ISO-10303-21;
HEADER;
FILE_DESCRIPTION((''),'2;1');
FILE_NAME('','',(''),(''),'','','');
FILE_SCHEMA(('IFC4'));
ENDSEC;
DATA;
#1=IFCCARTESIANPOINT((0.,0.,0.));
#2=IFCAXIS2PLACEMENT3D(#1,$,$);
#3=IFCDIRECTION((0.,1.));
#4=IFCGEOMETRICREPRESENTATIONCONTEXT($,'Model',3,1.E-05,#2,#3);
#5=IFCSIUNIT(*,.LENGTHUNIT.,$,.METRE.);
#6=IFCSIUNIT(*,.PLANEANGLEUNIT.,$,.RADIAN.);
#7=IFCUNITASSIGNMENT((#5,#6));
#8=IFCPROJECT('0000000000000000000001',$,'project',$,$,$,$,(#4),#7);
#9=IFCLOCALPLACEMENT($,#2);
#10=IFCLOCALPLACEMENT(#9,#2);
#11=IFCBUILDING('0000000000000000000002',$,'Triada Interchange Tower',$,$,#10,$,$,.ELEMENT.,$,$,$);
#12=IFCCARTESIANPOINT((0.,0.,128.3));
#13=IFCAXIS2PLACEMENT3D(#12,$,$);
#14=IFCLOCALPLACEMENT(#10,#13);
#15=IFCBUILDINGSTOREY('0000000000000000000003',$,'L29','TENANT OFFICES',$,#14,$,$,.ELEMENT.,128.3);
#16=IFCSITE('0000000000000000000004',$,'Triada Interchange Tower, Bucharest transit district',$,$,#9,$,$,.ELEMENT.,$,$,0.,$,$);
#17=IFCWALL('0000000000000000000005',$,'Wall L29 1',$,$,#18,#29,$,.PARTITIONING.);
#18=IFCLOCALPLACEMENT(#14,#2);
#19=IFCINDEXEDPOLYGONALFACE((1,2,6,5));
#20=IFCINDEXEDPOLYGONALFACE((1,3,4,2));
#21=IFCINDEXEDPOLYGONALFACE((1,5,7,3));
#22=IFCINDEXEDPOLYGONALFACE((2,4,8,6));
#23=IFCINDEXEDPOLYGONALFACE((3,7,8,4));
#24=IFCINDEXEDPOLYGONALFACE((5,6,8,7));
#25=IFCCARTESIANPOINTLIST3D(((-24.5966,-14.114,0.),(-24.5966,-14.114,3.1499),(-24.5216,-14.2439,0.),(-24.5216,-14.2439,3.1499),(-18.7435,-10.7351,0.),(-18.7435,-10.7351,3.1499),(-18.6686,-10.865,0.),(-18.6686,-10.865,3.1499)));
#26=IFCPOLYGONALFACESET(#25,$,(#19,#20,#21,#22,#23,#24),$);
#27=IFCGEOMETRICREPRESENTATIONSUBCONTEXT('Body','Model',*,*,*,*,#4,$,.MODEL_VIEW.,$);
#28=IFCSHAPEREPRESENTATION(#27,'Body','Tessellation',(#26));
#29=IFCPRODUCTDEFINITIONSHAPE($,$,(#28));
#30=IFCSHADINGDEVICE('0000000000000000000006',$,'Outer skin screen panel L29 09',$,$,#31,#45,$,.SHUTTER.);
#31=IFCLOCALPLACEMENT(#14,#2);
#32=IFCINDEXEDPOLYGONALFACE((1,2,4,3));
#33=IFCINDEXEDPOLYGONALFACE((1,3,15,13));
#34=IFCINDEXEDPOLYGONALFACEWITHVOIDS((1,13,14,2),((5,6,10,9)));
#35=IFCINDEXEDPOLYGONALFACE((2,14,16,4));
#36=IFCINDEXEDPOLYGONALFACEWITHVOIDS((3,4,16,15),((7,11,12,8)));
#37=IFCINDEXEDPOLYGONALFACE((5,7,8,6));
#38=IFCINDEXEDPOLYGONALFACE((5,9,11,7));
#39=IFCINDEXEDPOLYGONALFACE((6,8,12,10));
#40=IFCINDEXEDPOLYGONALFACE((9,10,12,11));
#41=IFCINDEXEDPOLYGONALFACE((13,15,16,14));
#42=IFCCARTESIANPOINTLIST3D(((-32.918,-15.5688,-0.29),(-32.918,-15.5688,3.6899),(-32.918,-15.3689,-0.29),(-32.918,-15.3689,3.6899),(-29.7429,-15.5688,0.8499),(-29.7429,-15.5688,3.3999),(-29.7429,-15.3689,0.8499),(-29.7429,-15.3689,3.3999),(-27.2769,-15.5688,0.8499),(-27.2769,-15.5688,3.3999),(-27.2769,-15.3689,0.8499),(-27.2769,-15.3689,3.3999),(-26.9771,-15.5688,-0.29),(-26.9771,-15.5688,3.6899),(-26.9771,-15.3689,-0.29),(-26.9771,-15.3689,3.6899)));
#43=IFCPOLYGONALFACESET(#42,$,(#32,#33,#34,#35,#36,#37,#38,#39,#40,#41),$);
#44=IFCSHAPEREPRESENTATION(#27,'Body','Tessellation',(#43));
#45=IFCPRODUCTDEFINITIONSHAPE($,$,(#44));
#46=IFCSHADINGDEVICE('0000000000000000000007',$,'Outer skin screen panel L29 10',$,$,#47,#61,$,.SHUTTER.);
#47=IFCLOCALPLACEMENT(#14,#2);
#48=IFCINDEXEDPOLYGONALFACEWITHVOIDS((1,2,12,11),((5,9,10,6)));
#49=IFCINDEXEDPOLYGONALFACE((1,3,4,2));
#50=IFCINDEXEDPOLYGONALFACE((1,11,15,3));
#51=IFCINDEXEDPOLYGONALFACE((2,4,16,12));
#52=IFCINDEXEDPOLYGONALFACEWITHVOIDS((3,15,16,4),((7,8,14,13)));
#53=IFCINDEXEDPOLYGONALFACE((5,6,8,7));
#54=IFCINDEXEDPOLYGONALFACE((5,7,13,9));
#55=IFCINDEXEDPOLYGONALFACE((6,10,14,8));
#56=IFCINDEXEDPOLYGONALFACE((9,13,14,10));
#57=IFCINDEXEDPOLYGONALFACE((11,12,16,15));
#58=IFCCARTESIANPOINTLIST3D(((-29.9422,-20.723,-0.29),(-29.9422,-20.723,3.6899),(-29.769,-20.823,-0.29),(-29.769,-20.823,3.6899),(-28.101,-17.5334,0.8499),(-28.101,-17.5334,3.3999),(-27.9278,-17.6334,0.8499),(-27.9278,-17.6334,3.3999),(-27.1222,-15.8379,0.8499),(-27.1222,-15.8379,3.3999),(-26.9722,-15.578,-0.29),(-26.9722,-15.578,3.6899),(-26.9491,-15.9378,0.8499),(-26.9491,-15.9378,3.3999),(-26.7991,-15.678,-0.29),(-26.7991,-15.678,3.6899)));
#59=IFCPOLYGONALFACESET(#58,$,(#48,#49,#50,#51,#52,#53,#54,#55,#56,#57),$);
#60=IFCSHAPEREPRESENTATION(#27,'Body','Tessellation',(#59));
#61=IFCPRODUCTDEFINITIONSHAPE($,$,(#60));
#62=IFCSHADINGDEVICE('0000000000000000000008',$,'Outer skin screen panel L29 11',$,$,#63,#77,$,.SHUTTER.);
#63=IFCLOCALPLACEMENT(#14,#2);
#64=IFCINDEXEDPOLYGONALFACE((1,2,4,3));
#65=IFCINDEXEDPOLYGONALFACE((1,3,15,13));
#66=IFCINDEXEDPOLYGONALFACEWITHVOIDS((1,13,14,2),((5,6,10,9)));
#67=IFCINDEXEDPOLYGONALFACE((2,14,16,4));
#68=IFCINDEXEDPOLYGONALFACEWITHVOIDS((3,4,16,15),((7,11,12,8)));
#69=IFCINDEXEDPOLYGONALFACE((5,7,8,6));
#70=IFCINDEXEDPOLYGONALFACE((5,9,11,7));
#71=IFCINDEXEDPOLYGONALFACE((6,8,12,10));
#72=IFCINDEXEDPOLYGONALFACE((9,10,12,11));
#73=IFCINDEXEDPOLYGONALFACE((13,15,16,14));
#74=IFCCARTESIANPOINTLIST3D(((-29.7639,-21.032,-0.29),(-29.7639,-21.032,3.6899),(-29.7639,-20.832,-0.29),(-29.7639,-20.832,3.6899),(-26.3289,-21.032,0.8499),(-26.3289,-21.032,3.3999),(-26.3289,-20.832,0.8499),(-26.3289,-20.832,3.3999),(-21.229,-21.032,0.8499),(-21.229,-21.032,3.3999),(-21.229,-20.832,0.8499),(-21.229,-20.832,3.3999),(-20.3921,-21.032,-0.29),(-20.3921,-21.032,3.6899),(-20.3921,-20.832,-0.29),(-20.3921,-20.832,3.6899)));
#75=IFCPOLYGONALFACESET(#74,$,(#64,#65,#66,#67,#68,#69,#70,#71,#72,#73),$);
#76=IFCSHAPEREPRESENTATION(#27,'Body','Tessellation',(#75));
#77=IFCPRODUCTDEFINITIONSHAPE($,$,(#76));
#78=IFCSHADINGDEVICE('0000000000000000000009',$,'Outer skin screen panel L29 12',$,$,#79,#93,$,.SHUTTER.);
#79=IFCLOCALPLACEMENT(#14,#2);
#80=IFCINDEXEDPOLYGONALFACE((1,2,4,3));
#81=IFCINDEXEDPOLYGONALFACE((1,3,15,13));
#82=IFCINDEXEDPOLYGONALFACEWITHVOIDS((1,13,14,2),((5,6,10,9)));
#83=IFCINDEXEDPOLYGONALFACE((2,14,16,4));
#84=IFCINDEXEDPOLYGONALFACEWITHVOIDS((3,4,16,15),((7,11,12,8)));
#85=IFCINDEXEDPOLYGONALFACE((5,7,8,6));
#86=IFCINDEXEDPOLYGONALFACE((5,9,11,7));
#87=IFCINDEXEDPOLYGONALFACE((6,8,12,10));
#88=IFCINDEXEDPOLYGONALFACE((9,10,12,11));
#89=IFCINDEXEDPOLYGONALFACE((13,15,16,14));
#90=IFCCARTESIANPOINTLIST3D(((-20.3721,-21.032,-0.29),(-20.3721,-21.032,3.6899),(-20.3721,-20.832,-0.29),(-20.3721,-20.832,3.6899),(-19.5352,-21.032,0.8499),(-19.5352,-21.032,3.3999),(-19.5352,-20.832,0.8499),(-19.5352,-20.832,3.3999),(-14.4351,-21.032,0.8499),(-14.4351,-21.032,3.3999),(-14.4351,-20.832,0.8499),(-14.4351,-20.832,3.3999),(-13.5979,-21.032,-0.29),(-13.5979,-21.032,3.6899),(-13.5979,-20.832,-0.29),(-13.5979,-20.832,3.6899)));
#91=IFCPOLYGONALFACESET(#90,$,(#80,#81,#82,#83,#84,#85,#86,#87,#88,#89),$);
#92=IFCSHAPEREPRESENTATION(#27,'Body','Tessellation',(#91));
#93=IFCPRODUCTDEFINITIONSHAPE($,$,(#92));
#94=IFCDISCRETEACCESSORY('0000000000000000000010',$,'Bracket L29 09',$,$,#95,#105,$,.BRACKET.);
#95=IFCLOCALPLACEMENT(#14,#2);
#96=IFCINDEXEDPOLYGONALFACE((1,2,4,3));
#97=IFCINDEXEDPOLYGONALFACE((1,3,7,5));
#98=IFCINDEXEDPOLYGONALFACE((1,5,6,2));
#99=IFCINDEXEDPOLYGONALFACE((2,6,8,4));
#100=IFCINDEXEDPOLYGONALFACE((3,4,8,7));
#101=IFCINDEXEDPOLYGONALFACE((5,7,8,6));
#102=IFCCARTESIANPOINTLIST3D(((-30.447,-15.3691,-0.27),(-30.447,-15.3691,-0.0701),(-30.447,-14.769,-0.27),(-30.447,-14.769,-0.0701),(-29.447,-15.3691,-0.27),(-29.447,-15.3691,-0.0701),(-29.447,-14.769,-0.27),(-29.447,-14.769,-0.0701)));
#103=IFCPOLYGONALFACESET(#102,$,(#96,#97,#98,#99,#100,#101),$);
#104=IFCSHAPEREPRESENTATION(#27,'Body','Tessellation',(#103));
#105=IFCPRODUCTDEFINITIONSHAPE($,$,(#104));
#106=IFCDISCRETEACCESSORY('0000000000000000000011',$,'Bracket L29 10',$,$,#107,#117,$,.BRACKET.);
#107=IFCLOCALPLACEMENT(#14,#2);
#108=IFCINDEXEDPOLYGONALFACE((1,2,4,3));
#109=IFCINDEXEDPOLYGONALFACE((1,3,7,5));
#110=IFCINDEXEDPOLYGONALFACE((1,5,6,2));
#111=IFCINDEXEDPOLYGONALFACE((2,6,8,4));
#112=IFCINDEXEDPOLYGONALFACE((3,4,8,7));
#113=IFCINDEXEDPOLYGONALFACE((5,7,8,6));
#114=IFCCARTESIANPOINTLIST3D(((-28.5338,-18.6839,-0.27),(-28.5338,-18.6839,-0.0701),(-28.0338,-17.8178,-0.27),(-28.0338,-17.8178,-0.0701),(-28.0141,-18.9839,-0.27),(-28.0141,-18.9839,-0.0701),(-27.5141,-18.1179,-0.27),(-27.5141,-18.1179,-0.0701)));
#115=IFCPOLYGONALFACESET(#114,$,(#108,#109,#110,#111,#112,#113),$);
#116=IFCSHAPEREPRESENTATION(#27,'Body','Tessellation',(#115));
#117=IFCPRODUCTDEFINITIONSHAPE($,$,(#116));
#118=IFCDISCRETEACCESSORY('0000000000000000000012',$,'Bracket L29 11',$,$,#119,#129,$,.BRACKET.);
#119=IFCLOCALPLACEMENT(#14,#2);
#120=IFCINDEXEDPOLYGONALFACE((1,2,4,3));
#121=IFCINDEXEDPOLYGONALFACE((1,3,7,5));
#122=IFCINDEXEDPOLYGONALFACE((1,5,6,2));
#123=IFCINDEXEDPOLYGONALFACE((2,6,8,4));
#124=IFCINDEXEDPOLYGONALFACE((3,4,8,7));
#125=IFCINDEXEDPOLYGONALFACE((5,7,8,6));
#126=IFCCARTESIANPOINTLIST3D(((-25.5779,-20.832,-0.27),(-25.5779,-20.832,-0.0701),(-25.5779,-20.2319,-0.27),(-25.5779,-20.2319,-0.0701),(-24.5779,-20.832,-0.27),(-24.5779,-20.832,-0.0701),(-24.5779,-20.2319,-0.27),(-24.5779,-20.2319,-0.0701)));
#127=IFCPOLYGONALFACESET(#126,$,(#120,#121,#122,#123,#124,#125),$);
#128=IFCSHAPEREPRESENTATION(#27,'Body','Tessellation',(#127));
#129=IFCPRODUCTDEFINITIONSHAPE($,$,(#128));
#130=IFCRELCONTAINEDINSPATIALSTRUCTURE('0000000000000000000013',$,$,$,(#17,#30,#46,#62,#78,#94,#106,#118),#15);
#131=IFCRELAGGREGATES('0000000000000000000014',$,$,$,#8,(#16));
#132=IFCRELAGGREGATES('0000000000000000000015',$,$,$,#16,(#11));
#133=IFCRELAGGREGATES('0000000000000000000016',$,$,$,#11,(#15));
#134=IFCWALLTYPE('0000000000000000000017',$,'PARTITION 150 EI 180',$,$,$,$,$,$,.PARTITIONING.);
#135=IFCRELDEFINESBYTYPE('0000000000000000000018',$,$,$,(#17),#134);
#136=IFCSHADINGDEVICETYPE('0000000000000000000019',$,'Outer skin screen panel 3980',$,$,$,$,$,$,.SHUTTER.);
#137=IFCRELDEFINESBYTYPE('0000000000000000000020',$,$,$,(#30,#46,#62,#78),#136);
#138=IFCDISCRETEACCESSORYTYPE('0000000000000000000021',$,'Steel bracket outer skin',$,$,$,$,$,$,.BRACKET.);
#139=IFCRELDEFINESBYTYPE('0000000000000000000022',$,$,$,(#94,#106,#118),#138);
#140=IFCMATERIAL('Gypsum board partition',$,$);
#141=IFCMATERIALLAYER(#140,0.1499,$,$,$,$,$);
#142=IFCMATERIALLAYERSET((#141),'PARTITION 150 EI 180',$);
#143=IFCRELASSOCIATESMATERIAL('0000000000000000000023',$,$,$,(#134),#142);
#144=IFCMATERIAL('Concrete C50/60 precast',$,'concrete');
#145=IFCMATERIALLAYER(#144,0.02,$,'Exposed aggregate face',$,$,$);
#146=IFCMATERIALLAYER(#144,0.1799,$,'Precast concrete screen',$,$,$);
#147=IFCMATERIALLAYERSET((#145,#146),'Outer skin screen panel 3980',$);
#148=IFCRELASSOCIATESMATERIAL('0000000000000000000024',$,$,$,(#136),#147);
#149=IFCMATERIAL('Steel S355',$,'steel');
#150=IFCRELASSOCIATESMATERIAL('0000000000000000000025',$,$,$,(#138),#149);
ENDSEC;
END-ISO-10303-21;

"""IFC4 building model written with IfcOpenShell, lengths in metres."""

from ifc_helpers import new_model, si_unit, direction, frame, frame_2d, origin, origin_2d, place, context, subcontext, project, spatial, polyline, rectangle, outline, extrude, material, layer, layer_set, type_object, element, save


model = new_model("IFC4")

# Units and contexts
model_context = context("Model", 3, precision=1e-05, world=origin(), true_north=direction((0.0, 1.0)))
body_context = subcontext(model_context, "Body", "Model", "MODEL_VIEW")
ifc_project = project(units=[si_unit("LENGTHUNIT", "METRE"), si_unit("PLANEANGLEUNIT", "RADIAN")], contexts=[model_context])

# Site, building, storey
site_placement = place(None, origin())
site = spatial("IfcSite", under=ifc_project, at=site_placement, Name="Triada Interchange Tower, Bucharest transit district", CompositionType="ELEMENT", RefElevation=0.0)
building_placement = place(site_placement, origin())
building = spatial("IfcBuilding", under=site, at=building_placement, Name="Triada Interchange Tower", CompositionType="ELEMENT")
storey_placement = place(building_placement, frame((0.0, 0.0, 128.3)))
storey = spatial("IfcBuildingStorey", under=building, at=storey_placement, Name="L29", Description="TENANT OFFICES", CompositionType="ELEMENT", Elevation=128.3)

# Wall
ifc_material_1 = material(Name="Gypsum board partition")
ifc_layer_1 = layer(ifc_material_1, 0.1499)
ifc_layer_set_1 = layer_set([ifc_layer_1], Name="PARTITION 150 EI 180")
wall_type_1 = type_object("IfcWallType", Name="PARTITION 150 EI 180", PredefinedType="PARTITIONING", material=ifc_layer_set_1)
wall_1_placement = place(storey_placement, frame((-24.5591, -14.179, 0.0), z_axis=(0.0, 0.0, 1.0), x_axis=(0.866047, 0.499962, 0.0)))
element("IfcWall", 1, at=wall_1_placement, inside=storey, type_object=wall_type_1, Name="Wall L29 1", PredefinedType="PARTITIONING", context=body_context, shape_type="SweptSolid", body=[
    extrude(rectangle(XDim=6.7583, YDim=0.1499, at=frame_2d((3.3792, 0.0))), origin(), (0.0, 0.0, 1.0), 3.1499),
])

# Shading devices
ifc_material_2 = material(Name="Concrete C50/60 precast", Category="concrete")
ifc_layer_2 = layer(ifc_material_2, 0.02, Name="Exposed aggregate face")
ifc_layer_3 = layer(ifc_material_2, 0.1799, Name="Precast concrete screen")
ifc_layer_set_2 = layer_set([ifc_layer_2, ifc_layer_3], Name="Outer skin screen panel 3980")
shading_device_type = type_object("IfcShadingDeviceType", Name="Outer skin screen panel 3980", PredefinedType="SHUTTER", material=ifc_layer_set_2)
shading_device_1_placement = place(storey_placement, frame((-32.918, -15.3689, -0.29), z_axis=(0.0, 0.0, 1.0), x_axis=(1.0, 0.0, 0.0)))
element("IfcShadingDevice", 2, at=shading_device_1_placement, inside=storey, type_object=shading_device_type, Name="Outer skin screen panel L29 09", PredefinedType="SHUTTER", context=body_context, shape_type="SweptSolid", body=[
    extrude(outline(polyline([(0.0, 0.0), (5.9409, 0.0), (5.9409, 3.98), (0.0, 3.98), (0.0, 0.0)]), holes=[polyline([(3.175, 1.1399), (3.175, 3.6899), (5.6411, 3.6899), (5.6411, 1.1399), (3.175, 1.1399)])]), frame((0.0, 0.0, 0.0), z_axis=(0.0, -1.0, 0.0), x_axis=(1.0, 0.0, 0.0)), (0.0, 0.0, 1.0), 0.2),
])
shading_device_2_placement = place(storey_placement, frame((-26.7991, -15.678, -0.29), z_axis=(0.0, 0.0, 1.0), x_axis=(-0.499936, -0.866062, 0.0)))
element("IfcShadingDevice", 3, at=shading_device_2_placement, inside=storey, type_object=shading_device_type, Name="Outer skin screen panel L29 10", PredefinedType="SHUTTER", context=body_context, shape_type="SweptSolid", body=[
    extrude(outline(polyline([(0.0, 0.0), (5.9407, 0.0), (5.9407, 3.98), (0.0, 3.98), (0.0, 0.0)]), holes=[polyline([(0.3, 1.1399), (0.3, 3.6899), (2.2578, 3.6899), (2.2578, 1.1399), (0.3, 1.1399)])]), frame((0.0, 0.0, 0.0), z_axis=(0.0, -1.0, 0.0), x_axis=(1.0, 0.0, 0.0)), (0.0, 0.0, 1.0), 0.2),
])
shading_device_3_placement = place(storey_placement, frame((-29.7639, -20.832, -0.29), z_axis=(0.0, 0.0, 1.0), x_axis=(1.0, 0.0, 0.0)))
element("IfcShadingDevice", 4, at=shading_device_3_placement, inside=storey, type_object=shading_device_type, Name="Outer skin screen panel L29 11", PredefinedType="SHUTTER", context=body_context, shape_type="SweptSolid", body=[
    extrude(outline(polyline([(0.0, 0.0), (9.3718, 0.0), (9.3718, 3.98), (0.0, 3.98), (0.0, 0.0)]), holes=[polyline([(3.4351, 1.1399), (3.4351, 3.6899), (8.5349, 3.6899), (8.5349, 1.1399), (3.4351, 1.1399)])]), frame((0.0, 0.0, 0.0), z_axis=(0.0, -1.0, 0.0), x_axis=(1.0, 0.0, 0.0)), (0.0, 0.0, 1.0), 0.2),
])
shading_device_4_placement = place(storey_placement, frame((-20.3721, -20.832, -0.29), z_axis=(0.0, 0.0, 1.0), x_axis=(1.0, 0.0, 0.0)))
element("IfcShadingDevice", 5, at=shading_device_4_placement, inside=storey, type_object=shading_device_type, Name="Outer skin screen panel L29 12", PredefinedType="SHUTTER", context=body_context, shape_type="SweptSolid", body=[
    extrude(outline(polyline([(0.0, 0.0), (6.7742, 0.0), (6.7742, 3.98), (0.0, 3.98), (0.0, 0.0)]), holes=[polyline([(0.8369, 1.1399), (0.8369, 3.6899), (5.937, 3.6899), (5.937, 1.1399), (0.8369, 1.1399)])]), frame((0.0, 0.0, 0.0), z_axis=(0.0, -1.0, 0.0), x_axis=(1.0, 0.0, 0.0)), (0.0, 0.0, 1.0), 0.2),
])

# Discrete accessories
ifc_material_3 = material(Name="Steel S355", Category="steel")
discrete_accessory_type = type_object("IfcDiscreteAccessoryType", Name="Steel bracket outer skin", PredefinedType="BRACKET", material=ifc_material_3)
for number, where, z_axis, x_axis, name in (
    (6, (-29.947, -15.0691, -0.27), (0.0, 0.0, 1.0), (0.0, -1.0, 0.0), "Bracket L29 09"),
    (7, (-28.0239, -18.4009, -0.27), (0.0, 0.0, 1.0), (-0.86603, 0.499992, 0.0), "Bracket L29 10"),
    (8, (-25.0779, -20.532, -0.27), (0.0, 0.0, 1.0), (0.0, -1.0, 0.0), "Bracket L29 11"),
):
    element("IfcDiscreteAccessory", number, at=place(storey_placement, frame(where, z_axis=z_axis, x_axis=x_axis)), inside=storey, type_object=discrete_accessory_type, Name=name, PredefinedType="BRACKET", context=body_context, shape_type="SweptSolid", body=[
        extrude(rectangle(XDim=0.6001, YDim=1.0, at=origin_2d()), origin(), (0.0, 0.0, 1.0), 0.2),
    ])

save(model, "model.ifc")
